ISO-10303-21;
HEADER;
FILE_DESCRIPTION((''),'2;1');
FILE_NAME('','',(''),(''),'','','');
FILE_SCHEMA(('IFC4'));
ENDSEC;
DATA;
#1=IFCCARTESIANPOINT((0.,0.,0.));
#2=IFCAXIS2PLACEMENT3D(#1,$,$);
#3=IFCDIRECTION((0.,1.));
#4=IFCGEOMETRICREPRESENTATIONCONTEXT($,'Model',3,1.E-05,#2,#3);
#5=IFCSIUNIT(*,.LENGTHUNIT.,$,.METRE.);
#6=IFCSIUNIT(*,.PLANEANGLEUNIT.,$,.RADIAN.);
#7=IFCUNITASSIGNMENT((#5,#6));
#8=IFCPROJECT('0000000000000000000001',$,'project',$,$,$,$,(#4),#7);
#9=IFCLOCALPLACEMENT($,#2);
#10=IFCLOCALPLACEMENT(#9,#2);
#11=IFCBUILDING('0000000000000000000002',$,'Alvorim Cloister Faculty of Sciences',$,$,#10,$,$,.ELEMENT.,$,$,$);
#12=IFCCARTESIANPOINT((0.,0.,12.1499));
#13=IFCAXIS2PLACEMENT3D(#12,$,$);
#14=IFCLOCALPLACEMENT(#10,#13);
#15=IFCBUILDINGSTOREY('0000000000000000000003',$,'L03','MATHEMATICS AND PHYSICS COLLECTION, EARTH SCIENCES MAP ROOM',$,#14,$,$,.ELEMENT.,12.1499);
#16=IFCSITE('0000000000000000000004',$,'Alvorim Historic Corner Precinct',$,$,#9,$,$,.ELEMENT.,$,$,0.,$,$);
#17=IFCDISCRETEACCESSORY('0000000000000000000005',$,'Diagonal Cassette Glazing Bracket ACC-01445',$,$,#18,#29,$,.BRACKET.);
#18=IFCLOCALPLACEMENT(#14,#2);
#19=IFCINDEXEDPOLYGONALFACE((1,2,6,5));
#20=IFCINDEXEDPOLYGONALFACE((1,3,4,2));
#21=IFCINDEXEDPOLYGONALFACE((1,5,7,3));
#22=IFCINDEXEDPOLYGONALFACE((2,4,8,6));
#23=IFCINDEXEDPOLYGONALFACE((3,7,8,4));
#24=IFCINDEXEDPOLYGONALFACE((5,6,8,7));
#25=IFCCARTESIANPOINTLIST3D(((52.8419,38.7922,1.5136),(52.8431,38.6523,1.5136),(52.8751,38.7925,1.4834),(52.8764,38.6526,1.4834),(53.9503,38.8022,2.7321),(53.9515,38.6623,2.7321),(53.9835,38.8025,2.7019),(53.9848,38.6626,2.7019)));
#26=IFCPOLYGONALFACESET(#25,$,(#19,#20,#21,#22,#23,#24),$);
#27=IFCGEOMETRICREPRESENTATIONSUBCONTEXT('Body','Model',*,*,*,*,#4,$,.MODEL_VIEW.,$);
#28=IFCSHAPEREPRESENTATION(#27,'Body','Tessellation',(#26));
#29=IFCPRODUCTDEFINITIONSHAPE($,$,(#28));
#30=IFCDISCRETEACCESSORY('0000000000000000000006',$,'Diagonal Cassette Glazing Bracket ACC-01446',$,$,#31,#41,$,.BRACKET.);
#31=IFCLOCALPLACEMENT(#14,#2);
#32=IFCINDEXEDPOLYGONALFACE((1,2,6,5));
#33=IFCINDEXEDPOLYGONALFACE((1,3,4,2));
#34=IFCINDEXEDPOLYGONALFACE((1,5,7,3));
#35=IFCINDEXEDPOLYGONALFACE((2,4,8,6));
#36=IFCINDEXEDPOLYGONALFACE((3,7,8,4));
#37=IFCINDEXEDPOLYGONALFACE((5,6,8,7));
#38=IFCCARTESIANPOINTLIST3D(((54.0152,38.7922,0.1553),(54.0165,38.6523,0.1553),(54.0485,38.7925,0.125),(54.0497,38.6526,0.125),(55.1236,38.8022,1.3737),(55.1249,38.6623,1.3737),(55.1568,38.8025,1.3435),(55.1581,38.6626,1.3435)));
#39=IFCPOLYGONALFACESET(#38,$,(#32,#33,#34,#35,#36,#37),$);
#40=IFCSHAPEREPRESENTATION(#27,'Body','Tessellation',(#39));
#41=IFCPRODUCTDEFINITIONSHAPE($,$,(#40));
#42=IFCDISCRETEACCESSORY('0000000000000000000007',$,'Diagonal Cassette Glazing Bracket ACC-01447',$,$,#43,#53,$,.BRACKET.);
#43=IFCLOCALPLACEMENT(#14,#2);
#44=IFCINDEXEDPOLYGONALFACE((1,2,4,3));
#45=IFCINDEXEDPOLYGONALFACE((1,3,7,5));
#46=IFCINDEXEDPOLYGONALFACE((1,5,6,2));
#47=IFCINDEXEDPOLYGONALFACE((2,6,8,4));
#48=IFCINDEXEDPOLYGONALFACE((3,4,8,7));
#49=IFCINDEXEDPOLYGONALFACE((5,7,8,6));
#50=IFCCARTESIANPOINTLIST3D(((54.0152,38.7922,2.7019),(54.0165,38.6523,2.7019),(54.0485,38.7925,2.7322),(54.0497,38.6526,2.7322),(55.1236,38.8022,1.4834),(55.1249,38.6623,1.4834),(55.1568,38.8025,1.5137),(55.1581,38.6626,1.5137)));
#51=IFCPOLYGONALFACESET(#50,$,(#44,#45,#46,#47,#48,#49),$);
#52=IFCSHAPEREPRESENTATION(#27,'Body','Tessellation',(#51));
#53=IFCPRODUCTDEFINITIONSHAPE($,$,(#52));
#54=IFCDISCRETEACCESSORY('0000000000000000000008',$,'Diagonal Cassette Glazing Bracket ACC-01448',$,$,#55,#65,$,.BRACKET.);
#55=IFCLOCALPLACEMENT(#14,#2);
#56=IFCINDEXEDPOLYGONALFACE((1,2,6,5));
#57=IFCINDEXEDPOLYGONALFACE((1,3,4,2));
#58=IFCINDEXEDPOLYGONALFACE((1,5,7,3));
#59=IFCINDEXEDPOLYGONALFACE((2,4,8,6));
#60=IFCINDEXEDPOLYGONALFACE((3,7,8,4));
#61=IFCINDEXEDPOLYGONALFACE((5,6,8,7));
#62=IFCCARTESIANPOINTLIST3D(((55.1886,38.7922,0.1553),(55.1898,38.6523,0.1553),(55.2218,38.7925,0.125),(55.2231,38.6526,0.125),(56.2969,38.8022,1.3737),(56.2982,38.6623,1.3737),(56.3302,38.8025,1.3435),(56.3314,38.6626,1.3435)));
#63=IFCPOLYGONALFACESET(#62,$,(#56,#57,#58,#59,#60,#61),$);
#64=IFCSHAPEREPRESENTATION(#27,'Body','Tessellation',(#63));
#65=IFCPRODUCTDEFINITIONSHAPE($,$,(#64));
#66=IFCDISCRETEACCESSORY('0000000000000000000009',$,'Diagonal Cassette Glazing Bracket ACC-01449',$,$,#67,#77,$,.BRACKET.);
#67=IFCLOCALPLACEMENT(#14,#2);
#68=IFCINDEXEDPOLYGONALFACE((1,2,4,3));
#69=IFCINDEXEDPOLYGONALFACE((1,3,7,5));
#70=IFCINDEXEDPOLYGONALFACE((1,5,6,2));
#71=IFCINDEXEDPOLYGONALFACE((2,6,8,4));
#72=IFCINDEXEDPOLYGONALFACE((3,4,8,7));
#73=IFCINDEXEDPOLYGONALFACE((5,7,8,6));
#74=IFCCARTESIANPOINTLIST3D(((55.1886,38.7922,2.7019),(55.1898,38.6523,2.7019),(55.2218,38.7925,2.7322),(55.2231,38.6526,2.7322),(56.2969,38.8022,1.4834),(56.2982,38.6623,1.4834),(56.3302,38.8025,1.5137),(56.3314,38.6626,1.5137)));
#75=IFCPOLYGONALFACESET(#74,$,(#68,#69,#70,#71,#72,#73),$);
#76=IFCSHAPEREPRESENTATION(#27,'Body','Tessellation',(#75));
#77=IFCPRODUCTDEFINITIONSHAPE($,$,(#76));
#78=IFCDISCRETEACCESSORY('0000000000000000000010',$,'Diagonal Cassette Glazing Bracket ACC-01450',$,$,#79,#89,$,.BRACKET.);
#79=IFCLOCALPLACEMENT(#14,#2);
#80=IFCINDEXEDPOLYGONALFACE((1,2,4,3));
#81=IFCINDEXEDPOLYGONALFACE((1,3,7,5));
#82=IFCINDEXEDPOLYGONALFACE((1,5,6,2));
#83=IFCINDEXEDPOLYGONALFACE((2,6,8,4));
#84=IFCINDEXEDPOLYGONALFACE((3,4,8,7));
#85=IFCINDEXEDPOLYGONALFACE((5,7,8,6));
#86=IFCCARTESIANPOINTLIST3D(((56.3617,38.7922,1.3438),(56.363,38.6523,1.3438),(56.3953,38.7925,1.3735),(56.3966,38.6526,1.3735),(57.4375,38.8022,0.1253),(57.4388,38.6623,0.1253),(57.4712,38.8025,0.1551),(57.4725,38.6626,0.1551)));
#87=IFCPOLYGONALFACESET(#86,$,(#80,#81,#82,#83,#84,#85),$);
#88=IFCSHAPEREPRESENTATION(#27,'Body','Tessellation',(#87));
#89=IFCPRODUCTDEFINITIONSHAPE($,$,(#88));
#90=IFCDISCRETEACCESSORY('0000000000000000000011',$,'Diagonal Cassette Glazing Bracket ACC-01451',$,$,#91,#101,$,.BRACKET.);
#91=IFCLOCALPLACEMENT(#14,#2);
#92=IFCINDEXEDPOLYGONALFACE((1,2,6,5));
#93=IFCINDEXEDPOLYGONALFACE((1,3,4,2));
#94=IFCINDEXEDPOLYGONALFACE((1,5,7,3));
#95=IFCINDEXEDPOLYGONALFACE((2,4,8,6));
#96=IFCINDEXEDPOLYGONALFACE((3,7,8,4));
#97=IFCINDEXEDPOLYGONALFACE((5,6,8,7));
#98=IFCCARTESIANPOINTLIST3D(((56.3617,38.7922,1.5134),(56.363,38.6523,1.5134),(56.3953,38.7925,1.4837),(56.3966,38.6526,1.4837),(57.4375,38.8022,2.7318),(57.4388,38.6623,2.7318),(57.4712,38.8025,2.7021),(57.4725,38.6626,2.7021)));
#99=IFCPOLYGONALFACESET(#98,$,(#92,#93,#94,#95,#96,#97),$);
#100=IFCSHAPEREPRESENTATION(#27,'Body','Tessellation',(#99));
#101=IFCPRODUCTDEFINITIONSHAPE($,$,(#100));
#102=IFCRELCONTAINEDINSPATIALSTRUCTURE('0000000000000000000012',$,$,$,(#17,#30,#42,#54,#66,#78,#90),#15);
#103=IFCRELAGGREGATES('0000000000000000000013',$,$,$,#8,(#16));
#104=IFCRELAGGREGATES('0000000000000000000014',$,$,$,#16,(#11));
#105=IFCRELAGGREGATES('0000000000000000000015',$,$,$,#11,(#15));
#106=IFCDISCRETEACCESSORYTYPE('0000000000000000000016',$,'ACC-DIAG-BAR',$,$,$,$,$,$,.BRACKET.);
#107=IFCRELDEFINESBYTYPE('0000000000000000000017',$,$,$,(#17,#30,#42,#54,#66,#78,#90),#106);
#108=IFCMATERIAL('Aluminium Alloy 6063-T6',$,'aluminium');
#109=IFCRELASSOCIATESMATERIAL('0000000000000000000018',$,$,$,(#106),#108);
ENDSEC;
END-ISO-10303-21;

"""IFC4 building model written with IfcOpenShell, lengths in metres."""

from ifc_helpers import new_model, si_unit, direction, frame, origin, origin_2d, place, context, subcontext, project, spatial, rectangle, extrude, material, type_object, element, save


model = new_model("IFC4")

# Units and contexts
model_context = context("Model", 3, precision=1e-05, world=origin(), true_north=direction((0.0, 1.0)))
body_context = subcontext(model_context, "Body", "Model", "MODEL_VIEW")
ifc_project = project(units=[si_unit("LENGTHUNIT", "METRE"), si_unit("PLANEANGLEUNIT", "RADIAN")], contexts=[model_context])

# Site, building, storey
site_placement = place(None, origin())
site = spatial("IfcSite", under=ifc_project, at=site_placement, Name="Alvorim Historic Corner Precinct", CompositionType="ELEMENT", RefElevation=0.0)
building_placement = place(site_placement, origin())
building = spatial("IfcBuilding", under=site, at=building_placement, Name="Alvorim Cloister Faculty of Sciences", CompositionType="ELEMENT")
storey_placement = place(building_placement, frame((0.0, 0.0, 12.1499)))
storey = spatial("IfcBuildingStorey", under=building, at=storey_placement, Name="L03", Description="MATHEMATICS AND PHYSICS COLLECTION, EARTH SCIENCES MAP ROOM", CompositionType="ELEMENT", Elevation=12.1499)

# Discrete accessories
ifc_material_1 = material(Name="Aluminium Alloy 6063-T6", Category="aluminium")
discrete_accessory_type = type_object("IfcDiscreteAccessoryType", Name="ACC-DIAG-BAR", PredefinedType="BRACKET", material=ifc_material_1)
for number, where, z_axis, x_axis, name in (
    (1, (52.8591, 38.7224, 1.4985), (0.672882, 0.006077, 0.739725), (-0.00903, 0.999959, 0.0), "Diagonal Cassette Glazing Bracket ACC-01445"),
    (2, (54.0325, 38.7224, 0.1401), (0.672882, 0.006077, 0.739725), (-0.00903, 0.999959, 0.0), "Diagonal Cassette Glazing Bracket ACC-01446"),
    (3, (54.0325, 38.7224, 2.717), (0.672882, 0.006077, -0.739725), (-0.00903, 0.999959, 0.0), "Diagonal Cassette Glazing Bracket ACC-01447"),
    (4, (55.2058, 38.7224, 0.1401), (0.672882, 0.006077, 0.739725), (-0.00903, 0.999959, 0.0), "Diagonal Cassette Glazing Bracket ACC-01448"),
    (5, (55.2058, 38.7224, 2.717), (0.672882, 0.006077, -0.739725), (-0.00903, 0.999959, 0.0), "Diagonal Cassette Glazing Bracket ACC-01449"),
):
    element("IfcDiscreteAccessory", number, at=place(storey_placement, frame(where, z_axis=z_axis, x_axis=x_axis)), inside=storey, type_object=discrete_accessory_type, Name=name, PredefinedType="BRACKET", context=body_context, shape_type="SweptSolid", body=[
        extrude(rectangle(XDim=0.1399, YDim=0.0449, at=origin_2d()), origin(), (0.0, 0.0, 1.0), 1.6472),
    ])
for number, where, z_axis, x_axis, name in (
    (6, (56.3792, 38.7224, 1.3586), (0.661877, 0.006158, -0.749587), (-0.009303, 0.999957, 0.0), "Diagonal Cassette Glazing Bracket ACC-01450"),
    (7, (56.3792, 38.7224, 1.4985), (0.661877, 0.006158, 0.749587), (-0.009303, 0.999957, 0.0), "Diagonal Cassette Glazing Bracket ACC-01451"),
):
    element("IfcDiscreteAccessory", number, at=place(storey_placement, frame(where, z_axis=z_axis, x_axis=x_axis)), inside=storey, type_object=discrete_accessory_type, Name=name, PredefinedType="BRACKET", context=body_context, shape_type="SweptSolid", body=[
        extrude(rectangle(XDim=0.1399, YDim=0.0449, at=origin_2d()), origin(), (0.0, 0.0, 1.0), 1.6255),
    ])

save(model, "model.ifc")
